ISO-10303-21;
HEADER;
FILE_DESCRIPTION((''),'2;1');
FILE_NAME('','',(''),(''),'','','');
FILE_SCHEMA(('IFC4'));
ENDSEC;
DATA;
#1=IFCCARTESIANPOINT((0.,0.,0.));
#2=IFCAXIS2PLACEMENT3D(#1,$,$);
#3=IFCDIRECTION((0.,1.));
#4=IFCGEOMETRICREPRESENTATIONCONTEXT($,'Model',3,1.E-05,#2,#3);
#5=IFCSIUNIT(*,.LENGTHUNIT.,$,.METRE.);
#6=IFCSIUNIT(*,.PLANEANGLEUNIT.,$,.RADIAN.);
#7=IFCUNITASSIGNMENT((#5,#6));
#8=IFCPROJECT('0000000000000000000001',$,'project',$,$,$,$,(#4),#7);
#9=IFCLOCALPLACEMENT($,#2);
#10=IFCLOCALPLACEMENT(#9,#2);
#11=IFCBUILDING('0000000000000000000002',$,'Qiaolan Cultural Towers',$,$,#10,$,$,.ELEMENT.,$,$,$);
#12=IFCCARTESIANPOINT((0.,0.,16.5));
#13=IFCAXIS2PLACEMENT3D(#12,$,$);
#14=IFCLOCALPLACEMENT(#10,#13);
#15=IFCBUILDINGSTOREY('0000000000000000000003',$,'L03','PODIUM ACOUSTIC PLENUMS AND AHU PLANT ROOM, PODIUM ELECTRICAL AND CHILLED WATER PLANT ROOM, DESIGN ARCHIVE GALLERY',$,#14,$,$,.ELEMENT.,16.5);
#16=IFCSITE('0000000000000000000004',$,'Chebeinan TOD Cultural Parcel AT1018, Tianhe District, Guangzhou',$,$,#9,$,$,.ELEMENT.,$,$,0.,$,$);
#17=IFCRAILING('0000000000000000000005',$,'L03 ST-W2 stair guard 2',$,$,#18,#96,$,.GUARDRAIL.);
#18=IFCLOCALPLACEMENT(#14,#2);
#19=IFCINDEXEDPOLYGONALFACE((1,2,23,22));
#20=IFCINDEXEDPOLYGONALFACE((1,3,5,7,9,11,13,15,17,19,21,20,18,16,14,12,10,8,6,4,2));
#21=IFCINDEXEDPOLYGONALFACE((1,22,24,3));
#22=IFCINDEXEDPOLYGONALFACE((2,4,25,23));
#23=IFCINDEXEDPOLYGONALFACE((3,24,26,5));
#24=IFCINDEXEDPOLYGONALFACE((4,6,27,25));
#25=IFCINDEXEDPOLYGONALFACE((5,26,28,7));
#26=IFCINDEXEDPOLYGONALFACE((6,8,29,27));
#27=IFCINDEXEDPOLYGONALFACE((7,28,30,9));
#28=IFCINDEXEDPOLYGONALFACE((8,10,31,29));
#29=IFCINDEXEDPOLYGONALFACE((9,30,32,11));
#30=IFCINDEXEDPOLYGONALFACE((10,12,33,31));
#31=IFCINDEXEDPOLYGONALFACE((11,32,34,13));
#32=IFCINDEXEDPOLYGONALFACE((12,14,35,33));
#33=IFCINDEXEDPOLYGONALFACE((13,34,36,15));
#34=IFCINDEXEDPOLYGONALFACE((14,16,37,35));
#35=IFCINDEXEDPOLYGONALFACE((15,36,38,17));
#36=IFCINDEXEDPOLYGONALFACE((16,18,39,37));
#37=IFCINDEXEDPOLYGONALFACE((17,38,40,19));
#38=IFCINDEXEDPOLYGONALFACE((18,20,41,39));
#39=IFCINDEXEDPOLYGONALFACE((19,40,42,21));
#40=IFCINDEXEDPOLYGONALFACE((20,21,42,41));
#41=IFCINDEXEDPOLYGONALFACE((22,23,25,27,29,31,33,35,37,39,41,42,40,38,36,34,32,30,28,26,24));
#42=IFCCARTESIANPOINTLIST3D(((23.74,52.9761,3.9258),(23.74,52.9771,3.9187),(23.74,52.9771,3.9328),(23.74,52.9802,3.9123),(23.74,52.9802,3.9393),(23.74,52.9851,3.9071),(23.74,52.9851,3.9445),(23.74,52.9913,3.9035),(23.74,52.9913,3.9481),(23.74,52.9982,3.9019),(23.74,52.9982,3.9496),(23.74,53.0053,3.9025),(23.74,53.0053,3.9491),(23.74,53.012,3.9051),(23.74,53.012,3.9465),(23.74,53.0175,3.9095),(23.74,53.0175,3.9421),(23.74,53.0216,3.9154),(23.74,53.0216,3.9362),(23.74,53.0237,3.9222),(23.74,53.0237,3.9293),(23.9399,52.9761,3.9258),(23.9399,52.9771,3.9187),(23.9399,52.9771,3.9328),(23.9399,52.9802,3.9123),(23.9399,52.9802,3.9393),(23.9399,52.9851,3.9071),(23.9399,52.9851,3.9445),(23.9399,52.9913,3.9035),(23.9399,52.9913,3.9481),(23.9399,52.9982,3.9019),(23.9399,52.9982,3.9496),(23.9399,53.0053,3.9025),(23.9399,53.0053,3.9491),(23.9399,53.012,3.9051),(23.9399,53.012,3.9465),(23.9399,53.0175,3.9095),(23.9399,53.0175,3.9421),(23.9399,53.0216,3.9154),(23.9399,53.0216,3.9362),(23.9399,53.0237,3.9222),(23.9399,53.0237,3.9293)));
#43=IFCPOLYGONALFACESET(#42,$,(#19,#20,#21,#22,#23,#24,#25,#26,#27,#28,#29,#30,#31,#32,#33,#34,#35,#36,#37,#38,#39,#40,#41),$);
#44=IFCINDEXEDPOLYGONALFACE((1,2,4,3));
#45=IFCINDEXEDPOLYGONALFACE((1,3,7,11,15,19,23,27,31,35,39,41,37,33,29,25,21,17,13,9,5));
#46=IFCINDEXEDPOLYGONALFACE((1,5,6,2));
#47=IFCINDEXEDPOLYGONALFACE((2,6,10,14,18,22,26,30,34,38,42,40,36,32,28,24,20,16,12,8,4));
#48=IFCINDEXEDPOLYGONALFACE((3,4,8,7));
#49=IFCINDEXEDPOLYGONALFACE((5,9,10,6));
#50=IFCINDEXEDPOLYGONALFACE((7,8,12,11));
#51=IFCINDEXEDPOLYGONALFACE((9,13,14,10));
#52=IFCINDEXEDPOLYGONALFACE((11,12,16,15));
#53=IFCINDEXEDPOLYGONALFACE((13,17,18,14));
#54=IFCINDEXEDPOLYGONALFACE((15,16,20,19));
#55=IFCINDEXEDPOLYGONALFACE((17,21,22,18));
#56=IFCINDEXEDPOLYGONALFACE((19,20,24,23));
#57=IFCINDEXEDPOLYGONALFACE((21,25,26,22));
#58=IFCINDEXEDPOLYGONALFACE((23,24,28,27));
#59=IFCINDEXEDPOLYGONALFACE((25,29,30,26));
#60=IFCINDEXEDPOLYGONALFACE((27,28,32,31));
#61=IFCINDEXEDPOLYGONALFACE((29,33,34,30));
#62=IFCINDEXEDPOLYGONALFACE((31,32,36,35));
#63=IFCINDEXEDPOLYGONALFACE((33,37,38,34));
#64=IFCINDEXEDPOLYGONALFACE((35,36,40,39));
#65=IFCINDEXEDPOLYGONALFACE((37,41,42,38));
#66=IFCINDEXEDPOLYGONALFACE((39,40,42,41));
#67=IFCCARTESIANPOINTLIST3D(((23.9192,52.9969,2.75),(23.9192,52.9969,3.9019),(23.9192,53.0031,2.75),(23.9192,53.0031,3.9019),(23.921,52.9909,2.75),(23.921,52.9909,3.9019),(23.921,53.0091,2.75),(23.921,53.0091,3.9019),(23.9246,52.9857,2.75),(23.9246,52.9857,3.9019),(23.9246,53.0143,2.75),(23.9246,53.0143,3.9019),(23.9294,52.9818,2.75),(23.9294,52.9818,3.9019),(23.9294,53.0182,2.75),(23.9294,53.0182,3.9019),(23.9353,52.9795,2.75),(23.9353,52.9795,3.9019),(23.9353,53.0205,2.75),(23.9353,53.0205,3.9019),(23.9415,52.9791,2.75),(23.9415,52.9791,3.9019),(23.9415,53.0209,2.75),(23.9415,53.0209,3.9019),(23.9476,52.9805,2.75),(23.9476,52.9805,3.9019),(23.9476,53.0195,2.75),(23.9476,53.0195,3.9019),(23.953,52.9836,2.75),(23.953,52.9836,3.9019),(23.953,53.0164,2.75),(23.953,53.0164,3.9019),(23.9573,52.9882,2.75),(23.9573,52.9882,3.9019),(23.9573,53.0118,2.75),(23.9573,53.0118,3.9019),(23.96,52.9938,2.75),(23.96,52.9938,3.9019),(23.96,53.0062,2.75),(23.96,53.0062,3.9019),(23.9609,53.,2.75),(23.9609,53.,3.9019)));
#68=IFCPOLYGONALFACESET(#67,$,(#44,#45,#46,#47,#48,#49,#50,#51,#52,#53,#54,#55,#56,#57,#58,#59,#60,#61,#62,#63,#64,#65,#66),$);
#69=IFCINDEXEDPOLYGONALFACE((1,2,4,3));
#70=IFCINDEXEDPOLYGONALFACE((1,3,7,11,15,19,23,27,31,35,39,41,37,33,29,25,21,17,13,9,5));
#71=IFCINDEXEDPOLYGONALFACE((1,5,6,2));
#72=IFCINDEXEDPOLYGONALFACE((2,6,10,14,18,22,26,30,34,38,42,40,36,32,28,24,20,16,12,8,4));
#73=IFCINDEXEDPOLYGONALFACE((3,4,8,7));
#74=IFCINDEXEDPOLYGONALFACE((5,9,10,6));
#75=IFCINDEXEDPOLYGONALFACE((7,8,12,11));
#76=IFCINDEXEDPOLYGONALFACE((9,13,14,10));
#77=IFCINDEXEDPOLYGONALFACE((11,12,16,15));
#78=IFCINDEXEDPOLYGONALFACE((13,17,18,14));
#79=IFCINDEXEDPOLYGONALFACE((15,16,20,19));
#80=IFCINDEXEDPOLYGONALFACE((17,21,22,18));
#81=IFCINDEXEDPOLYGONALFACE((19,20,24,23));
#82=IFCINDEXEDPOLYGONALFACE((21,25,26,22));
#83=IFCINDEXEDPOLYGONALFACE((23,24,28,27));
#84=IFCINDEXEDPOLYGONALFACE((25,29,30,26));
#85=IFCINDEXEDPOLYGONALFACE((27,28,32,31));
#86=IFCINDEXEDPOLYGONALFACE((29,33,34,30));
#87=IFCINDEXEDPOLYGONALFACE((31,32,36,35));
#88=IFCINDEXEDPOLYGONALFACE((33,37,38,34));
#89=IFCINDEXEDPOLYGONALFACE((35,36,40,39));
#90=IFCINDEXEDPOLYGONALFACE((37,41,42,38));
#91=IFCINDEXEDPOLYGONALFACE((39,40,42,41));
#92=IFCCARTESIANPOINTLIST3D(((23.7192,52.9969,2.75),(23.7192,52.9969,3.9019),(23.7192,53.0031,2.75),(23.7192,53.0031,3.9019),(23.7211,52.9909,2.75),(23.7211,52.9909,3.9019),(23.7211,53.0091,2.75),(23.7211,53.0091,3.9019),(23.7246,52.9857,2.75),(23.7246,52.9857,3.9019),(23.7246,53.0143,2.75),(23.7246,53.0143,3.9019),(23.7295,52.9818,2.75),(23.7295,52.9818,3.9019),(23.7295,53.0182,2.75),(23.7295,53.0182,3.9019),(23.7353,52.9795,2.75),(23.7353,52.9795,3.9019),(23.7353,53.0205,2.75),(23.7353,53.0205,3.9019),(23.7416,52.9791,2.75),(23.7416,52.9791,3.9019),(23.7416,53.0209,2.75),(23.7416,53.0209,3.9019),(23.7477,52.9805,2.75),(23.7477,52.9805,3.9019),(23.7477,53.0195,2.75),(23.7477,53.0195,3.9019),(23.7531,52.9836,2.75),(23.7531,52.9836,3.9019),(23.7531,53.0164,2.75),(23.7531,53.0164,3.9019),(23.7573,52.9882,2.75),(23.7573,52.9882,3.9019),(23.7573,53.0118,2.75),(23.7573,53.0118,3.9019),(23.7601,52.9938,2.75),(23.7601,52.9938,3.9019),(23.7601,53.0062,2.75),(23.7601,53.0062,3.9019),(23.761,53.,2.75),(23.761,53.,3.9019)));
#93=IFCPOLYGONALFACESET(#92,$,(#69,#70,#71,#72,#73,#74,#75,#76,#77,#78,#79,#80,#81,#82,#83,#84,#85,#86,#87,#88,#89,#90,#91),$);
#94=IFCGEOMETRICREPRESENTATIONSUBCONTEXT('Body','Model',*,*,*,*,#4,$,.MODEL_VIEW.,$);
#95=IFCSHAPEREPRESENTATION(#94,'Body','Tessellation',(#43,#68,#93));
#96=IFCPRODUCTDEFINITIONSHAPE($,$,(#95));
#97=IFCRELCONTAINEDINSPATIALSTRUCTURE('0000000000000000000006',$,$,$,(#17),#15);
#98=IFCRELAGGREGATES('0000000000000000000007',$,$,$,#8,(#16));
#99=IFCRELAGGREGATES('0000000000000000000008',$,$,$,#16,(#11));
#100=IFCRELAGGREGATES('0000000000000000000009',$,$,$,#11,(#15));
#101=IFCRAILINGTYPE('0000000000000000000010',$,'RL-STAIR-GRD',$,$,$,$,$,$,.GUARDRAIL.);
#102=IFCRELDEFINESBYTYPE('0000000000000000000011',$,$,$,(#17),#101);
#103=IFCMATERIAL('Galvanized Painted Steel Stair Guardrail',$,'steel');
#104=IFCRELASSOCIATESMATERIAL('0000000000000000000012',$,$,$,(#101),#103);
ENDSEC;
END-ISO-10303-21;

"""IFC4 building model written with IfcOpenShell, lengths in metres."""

from ifc_helpers import new_model, si_unit, direction, frame, origin, origin_2d, place, context, subcontext, project, spatial, circle, extrude, material, type_object, element, save


model = new_model("IFC4")

# Units and contexts
model_context = context("Model", 3, precision=1e-05, world=origin(), true_north=direction((0.0, 1.0)))
body_context = subcontext(model_context, "Body", "Model", "MODEL_VIEW")
ifc_project = project(units=[si_unit("LENGTHUNIT", "METRE"), si_unit("PLANEANGLEUNIT", "RADIAN")], contexts=[model_context])

# Site, building, storey
site_placement = place(None, origin())
site = spatial("IfcSite", under=ifc_project, at=site_placement, Name="Chebeinan TOD Cultural Parcel AT1018, Tianhe District, Guangzhou", CompositionType="ELEMENT", RefElevation=0.0)
building_placement = place(site_placement, origin())
building = spatial("IfcBuilding", under=site, at=building_placement, Name="Qiaolan Cultural Towers", CompositionType="ELEMENT")
storey_placement = place(building_placement, frame((0.0, 0.0, 16.5)))
storey = spatial("IfcBuildingStorey", under=building, at=storey_placement, Name="L03", Description="PODIUM ACOUSTIC PLENUMS AND AHU PLANT ROOM, PODIUM ELECTRICAL AND CHILLED WATER PLANT ROOM, DESIGN ARCHIVE GALLERY", CompositionType="ELEMENT", Elevation=16.5)

# Railing
ifc_material_1 = material(Name="Galvanized Painted Steel Stair Guardrail", Category="steel")
railing_type_1 = type_object("IfcRailingType", Name="RL-STAIR-GRD", PredefinedType="GUARDRAIL", material=ifc_material_1)
railing_1_placement = place(storey_placement, frame((23.9399, 53.0, 2.75)))
element("IfcRailing", 1, at=railing_1_placement, inside=storey, type_object=railing_type_1, Name="L03 ST-W2 stair guard 2", PredefinedType="GUARDRAIL", context=body_context, shape_type="SweptSolid", body=[
    extrude(circle(Radius=0.0239, at=origin_2d()), frame((0.0, 0.0, 1.1758), z_axis=(-1.0, 0.0, 0.0), x_axis=(0.0, -1.0, 0.0)), (0.0, 0.0, 1.0), 0.2),
    extrude(circle(Radius=0.021, at=origin_2d()), origin(), (0.0, 0.0, 1.0), 1.1519),
    extrude(circle(Radius=0.021, at=origin_2d()), frame((-0.2, 0.0, 0.0)), (0.0, 0.0, 1.0), 1.1519),
])

save(model, "model.ifc")
